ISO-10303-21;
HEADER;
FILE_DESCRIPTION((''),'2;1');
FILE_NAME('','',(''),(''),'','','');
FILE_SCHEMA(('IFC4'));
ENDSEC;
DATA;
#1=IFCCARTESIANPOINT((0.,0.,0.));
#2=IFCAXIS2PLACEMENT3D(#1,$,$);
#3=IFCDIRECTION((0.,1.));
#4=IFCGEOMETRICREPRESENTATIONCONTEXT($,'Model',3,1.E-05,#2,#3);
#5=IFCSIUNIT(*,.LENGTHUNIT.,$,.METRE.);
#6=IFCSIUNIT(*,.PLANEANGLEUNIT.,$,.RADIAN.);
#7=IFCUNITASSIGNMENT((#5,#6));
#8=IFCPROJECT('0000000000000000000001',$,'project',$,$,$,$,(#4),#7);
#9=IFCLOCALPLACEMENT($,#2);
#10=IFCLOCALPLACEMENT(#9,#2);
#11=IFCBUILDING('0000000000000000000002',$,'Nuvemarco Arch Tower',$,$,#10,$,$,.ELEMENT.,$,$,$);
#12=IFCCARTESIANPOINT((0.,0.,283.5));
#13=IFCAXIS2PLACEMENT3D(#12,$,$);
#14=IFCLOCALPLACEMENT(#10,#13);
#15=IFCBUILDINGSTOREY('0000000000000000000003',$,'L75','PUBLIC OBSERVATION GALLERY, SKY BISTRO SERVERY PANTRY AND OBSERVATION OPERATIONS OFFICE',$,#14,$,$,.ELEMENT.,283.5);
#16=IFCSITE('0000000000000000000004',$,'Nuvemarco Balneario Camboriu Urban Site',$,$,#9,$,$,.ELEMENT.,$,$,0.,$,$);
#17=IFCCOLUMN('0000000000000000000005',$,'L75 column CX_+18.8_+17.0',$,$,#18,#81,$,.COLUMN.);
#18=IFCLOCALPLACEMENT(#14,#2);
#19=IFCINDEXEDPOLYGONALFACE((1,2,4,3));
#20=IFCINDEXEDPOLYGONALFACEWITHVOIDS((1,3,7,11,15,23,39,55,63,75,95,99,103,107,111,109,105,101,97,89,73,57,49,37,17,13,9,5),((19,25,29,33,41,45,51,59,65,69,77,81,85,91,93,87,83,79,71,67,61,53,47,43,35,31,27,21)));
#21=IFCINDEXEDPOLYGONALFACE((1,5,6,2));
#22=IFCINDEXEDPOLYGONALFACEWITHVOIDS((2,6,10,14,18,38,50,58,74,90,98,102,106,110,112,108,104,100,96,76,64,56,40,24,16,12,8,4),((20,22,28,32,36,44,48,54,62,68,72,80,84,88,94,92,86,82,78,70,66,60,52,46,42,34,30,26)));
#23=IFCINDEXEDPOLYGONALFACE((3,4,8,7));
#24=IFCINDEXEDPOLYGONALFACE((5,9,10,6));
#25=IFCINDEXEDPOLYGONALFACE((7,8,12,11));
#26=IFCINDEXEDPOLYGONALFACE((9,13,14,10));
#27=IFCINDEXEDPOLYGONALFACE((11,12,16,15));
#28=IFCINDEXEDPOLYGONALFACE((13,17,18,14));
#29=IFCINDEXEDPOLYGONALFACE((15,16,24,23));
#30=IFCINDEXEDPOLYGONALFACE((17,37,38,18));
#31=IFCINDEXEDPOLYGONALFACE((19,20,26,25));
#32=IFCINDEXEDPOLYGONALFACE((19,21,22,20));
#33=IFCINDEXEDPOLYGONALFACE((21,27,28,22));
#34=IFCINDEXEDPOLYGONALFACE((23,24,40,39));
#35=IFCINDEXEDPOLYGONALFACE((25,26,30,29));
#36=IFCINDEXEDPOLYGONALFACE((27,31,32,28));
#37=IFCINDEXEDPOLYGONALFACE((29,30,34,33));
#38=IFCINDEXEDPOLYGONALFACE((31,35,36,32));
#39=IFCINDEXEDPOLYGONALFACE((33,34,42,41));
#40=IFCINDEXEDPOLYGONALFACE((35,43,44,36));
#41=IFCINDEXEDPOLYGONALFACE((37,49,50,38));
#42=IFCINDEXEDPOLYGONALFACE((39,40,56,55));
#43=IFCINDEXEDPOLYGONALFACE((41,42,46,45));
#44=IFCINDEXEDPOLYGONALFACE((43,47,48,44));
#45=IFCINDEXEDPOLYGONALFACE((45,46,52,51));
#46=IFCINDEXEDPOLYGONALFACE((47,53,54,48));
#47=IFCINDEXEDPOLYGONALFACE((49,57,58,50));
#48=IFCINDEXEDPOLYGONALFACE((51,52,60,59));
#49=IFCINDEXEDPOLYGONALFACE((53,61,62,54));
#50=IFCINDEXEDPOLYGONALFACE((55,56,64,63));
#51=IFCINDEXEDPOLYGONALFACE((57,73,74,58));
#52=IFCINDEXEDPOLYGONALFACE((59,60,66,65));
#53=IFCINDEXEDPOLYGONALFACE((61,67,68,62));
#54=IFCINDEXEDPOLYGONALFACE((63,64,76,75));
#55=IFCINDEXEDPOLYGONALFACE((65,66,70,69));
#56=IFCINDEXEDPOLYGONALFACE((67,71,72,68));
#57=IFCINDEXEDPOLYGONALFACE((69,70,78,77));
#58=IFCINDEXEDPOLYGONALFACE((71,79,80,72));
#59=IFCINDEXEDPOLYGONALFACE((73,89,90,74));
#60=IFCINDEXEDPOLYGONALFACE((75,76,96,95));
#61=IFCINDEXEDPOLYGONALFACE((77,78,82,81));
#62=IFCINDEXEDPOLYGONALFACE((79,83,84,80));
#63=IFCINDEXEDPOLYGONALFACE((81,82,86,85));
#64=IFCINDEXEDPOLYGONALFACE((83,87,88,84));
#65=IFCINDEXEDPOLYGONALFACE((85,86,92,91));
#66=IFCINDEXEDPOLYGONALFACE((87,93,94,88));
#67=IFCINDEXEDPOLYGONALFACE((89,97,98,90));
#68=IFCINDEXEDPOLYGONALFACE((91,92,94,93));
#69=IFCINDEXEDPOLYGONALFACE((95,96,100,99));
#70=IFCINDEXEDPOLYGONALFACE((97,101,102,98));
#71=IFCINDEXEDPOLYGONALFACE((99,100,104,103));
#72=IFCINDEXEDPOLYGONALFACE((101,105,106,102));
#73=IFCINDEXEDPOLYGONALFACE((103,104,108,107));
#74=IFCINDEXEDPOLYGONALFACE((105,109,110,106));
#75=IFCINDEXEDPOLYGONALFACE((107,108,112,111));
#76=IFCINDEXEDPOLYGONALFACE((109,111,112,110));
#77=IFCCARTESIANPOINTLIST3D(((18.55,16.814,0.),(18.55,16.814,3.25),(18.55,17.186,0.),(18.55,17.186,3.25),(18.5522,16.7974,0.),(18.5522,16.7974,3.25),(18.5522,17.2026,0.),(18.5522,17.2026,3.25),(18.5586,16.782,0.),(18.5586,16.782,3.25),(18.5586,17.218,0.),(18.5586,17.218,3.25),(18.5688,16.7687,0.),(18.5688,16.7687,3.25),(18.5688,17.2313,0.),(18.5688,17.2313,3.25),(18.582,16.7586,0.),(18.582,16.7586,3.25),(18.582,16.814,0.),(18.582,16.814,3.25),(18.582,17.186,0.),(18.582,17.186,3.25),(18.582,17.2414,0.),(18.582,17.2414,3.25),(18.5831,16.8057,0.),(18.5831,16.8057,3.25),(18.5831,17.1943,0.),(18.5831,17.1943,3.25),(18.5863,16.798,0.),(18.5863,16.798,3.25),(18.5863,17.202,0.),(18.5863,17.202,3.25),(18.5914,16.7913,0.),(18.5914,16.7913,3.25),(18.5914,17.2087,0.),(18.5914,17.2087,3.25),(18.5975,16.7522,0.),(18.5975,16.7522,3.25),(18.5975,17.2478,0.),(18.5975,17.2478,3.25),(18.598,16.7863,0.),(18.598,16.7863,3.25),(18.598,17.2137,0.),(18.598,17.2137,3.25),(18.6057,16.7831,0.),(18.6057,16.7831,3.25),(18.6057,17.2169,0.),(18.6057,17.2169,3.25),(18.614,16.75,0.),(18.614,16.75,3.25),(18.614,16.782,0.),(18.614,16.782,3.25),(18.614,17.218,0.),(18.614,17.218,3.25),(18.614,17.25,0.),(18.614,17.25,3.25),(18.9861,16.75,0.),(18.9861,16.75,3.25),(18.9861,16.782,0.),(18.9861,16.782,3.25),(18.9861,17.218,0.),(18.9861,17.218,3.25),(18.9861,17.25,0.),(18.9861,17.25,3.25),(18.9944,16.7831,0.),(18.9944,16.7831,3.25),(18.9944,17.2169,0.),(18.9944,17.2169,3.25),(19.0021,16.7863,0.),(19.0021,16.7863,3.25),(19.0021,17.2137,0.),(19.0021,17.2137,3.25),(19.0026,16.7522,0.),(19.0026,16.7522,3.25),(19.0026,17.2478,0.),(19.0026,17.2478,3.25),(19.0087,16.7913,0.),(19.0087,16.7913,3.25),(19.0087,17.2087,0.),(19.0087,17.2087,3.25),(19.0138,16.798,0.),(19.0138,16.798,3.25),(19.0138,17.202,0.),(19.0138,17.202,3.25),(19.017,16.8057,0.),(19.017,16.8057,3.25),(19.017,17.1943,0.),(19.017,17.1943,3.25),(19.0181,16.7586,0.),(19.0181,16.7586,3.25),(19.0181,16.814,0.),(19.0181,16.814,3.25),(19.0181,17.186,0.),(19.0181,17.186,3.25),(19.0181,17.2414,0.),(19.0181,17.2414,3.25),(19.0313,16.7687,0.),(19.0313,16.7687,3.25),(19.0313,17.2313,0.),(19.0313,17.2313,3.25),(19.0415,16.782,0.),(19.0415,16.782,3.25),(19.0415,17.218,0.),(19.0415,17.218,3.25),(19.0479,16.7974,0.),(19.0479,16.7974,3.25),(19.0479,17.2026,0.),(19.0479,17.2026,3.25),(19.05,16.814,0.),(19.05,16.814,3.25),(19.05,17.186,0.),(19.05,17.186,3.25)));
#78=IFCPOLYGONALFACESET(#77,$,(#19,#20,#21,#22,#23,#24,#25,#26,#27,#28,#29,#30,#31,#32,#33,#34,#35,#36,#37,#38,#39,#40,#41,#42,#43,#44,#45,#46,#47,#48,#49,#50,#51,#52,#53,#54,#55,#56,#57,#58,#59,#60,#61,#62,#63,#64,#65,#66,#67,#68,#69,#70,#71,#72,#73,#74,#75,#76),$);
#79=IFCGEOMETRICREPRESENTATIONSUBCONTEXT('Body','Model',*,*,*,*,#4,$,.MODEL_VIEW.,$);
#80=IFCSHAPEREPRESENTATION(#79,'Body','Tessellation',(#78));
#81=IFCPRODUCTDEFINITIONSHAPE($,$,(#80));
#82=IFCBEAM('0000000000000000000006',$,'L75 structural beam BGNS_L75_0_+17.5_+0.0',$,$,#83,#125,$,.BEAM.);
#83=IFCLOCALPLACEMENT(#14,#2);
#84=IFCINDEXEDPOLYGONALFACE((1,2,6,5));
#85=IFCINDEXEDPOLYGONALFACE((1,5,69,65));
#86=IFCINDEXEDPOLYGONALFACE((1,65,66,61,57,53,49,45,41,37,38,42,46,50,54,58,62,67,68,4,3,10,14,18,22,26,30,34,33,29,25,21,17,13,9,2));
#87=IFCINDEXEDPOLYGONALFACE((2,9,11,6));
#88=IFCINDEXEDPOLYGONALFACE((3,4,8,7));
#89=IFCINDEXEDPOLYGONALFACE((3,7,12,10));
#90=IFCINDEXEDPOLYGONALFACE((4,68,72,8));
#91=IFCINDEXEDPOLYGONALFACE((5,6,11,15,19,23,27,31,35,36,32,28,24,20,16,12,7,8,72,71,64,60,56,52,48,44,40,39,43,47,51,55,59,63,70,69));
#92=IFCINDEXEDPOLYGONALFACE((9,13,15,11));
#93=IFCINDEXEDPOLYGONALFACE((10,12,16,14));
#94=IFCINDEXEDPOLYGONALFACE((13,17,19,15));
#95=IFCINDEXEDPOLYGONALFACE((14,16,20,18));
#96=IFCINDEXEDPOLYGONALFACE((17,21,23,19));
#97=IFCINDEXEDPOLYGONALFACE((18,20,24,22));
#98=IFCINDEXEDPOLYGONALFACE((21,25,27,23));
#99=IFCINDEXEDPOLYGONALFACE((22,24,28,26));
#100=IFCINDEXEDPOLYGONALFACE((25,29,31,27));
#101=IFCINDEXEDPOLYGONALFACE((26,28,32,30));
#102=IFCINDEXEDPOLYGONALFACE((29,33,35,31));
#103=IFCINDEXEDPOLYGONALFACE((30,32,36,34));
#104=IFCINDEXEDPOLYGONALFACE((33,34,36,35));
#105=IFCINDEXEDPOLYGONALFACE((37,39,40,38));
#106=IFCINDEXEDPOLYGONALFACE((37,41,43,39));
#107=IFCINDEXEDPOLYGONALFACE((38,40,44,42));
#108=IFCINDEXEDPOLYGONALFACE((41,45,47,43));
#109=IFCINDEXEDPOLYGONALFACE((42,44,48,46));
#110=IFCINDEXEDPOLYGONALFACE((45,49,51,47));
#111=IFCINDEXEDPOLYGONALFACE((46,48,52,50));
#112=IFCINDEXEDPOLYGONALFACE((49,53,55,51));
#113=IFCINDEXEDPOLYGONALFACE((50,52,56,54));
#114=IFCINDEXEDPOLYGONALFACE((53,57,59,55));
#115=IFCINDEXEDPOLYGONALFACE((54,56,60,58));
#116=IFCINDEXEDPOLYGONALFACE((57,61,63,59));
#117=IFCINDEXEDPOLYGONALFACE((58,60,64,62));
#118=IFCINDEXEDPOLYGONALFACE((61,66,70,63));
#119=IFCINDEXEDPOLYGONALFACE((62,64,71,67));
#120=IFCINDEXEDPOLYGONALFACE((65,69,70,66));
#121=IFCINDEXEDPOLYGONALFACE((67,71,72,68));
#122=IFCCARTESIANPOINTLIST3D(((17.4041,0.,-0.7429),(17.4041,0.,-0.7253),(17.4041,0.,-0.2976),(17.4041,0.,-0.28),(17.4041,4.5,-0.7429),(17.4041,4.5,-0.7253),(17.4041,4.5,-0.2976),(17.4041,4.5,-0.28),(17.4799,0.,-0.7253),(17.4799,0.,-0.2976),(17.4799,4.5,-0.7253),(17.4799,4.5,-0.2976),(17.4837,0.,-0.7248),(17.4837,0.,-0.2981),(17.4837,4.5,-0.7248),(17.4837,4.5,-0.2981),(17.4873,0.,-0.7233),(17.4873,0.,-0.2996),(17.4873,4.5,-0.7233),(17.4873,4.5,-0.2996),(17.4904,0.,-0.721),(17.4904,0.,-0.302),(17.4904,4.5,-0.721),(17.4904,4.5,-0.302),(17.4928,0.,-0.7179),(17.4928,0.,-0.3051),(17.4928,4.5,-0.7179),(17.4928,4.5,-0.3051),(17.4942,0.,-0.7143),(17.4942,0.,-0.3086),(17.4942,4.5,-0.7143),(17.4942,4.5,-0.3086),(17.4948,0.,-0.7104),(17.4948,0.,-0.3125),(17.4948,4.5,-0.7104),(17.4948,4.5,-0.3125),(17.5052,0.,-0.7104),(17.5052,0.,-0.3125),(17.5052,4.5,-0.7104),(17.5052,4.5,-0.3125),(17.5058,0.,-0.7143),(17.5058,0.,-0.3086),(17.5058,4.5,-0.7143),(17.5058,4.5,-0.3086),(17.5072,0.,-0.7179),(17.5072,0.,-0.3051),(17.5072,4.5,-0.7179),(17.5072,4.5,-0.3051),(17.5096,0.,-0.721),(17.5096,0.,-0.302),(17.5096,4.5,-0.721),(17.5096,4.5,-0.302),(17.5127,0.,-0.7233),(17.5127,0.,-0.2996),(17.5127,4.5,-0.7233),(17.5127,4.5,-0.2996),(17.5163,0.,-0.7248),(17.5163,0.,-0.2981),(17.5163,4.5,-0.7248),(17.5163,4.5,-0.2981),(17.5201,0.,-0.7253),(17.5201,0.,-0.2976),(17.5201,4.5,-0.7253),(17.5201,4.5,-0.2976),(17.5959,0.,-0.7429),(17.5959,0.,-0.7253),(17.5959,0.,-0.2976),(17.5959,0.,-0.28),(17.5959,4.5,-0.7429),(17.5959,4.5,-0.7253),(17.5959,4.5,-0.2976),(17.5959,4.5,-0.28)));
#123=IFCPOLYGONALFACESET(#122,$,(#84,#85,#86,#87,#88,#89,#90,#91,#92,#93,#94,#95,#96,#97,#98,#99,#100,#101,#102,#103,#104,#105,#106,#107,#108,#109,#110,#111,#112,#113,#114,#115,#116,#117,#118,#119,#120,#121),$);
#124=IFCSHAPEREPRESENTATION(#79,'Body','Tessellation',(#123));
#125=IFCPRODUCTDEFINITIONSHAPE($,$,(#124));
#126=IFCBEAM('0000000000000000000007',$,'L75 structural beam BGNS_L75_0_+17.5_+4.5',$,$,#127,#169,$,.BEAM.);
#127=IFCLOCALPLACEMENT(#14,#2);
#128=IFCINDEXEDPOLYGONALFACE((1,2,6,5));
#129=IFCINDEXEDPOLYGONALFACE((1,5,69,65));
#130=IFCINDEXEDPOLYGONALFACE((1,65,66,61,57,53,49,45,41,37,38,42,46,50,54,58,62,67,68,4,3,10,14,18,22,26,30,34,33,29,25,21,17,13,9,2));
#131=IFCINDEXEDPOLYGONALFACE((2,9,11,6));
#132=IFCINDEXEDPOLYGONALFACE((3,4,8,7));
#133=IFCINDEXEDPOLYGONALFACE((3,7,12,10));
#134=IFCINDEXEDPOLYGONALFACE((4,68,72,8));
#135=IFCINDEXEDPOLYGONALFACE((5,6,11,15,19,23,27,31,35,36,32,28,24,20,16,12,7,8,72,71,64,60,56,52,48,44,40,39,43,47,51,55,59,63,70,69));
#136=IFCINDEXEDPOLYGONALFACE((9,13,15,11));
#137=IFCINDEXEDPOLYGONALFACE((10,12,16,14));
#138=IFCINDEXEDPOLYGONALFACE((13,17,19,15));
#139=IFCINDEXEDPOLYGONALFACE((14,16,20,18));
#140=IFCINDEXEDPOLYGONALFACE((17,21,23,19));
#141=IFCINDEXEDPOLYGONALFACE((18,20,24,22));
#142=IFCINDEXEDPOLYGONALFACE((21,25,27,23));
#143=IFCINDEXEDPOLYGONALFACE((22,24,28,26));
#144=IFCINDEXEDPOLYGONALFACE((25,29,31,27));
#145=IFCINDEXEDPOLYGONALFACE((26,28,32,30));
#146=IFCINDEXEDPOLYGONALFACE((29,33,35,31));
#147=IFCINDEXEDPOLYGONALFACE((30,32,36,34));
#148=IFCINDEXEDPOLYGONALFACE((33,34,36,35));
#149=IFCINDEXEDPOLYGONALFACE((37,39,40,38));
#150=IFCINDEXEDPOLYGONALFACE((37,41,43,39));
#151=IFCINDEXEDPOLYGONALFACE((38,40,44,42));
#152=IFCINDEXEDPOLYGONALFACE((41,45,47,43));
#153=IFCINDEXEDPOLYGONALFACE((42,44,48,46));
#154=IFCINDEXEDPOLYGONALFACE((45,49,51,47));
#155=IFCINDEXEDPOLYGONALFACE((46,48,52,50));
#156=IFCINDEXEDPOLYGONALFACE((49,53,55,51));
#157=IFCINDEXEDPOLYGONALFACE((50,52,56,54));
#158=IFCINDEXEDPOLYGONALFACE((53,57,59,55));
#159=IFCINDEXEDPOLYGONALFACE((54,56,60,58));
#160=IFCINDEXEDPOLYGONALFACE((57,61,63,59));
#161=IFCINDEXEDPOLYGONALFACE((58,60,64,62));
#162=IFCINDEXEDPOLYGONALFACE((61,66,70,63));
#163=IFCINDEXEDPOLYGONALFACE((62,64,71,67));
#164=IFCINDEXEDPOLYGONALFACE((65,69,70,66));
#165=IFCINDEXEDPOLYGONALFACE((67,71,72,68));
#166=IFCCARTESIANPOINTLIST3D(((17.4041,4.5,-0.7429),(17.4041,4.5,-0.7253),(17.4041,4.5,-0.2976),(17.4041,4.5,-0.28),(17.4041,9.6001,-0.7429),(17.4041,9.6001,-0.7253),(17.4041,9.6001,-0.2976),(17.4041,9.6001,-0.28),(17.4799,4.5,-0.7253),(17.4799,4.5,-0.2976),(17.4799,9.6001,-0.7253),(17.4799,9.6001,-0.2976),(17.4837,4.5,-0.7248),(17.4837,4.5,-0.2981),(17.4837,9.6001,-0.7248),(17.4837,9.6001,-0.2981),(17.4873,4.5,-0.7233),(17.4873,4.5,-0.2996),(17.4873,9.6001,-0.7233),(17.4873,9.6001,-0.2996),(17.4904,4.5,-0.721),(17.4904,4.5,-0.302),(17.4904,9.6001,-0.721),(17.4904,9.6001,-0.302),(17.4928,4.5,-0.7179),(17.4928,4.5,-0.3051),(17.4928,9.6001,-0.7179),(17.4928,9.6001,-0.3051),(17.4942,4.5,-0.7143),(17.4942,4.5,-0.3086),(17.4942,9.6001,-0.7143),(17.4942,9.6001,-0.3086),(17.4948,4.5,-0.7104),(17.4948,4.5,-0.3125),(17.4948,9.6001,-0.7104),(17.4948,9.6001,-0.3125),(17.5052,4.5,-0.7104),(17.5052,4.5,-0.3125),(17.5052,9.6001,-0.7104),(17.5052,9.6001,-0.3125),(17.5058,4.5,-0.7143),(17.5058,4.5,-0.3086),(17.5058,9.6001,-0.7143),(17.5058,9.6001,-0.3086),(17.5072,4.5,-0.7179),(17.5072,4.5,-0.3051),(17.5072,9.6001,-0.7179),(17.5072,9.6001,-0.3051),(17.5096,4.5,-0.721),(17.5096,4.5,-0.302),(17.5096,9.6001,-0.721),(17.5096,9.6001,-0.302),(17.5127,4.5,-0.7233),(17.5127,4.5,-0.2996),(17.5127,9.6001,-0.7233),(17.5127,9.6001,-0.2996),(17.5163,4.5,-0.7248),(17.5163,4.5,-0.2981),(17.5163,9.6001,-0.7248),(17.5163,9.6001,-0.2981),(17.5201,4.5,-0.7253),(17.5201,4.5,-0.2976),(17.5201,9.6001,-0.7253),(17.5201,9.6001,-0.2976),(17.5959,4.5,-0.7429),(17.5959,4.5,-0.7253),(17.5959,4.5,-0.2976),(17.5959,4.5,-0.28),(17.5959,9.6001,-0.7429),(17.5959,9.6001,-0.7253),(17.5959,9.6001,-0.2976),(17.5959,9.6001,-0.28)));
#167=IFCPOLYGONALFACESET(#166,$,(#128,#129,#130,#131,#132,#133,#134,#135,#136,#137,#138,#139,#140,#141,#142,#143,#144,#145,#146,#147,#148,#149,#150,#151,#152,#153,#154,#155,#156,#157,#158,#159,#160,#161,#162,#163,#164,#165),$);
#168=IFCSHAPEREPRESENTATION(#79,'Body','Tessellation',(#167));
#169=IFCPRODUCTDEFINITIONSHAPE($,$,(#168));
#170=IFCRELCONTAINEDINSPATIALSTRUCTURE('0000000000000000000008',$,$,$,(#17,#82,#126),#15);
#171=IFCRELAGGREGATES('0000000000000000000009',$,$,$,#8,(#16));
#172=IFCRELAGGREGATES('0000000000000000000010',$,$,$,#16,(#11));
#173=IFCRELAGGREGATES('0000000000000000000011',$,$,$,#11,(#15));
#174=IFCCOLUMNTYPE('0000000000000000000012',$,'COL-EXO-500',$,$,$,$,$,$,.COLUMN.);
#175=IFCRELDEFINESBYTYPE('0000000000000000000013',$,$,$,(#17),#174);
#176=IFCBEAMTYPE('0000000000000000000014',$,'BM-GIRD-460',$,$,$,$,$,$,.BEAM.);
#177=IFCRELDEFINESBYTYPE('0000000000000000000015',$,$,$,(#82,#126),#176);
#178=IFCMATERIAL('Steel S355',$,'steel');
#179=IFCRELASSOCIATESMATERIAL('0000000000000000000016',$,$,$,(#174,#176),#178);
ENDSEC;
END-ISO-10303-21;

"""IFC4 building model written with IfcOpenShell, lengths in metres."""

from ifc_helpers import new_model, si_unit, direction, frame, origin, origin_2d, place, context, subcontext, project, spatial, hollow_rectangle, i_section, extrude, material, material_profile, profile_set, type_object, element, save


model = new_model("IFC4")

# Units and contexts
model_context = context("Model", 3, precision=1e-05, world=origin(), true_north=direction((0.0, 1.0)))
body_context = subcontext(model_context, "Body", "Model", "MODEL_VIEW")
ifc_project = project(units=[si_unit("LENGTHUNIT", "METRE"), si_unit("PLANEANGLEUNIT", "RADIAN")], contexts=[model_context])

# Site, building, storey
site_placement = place(None, origin())
site = spatial("IfcSite", under=ifc_project, at=site_placement, Name="Nuvemarco Balneario Camboriu Urban Site", CompositionType="ELEMENT", RefElevation=0.0)
building_placement = place(site_placement, origin())
building = spatial("IfcBuilding", under=site, at=building_placement, Name="Nuvemarco Arch Tower", CompositionType="ELEMENT")
storey_placement = place(building_placement, frame((0.0, 0.0, 283.5)))
storey = spatial("IfcBuildingStorey", under=building, at=storey_placement, Name="L75", Description="PUBLIC OBSERVATION GALLERY, SKY BISTRO SERVERY PANTRY AND OBSERVATION OPERATIONS OFFICE", CompositionType="ELEMENT", Elevation=283.5)

# Column
ifc_material_1 = material(Name="Steel S355", Category="steel")
ifc_material_profile_1 = material_profile(ifc_material_1, hollow_rectangle(XDim=0.5, YDim=0.5, WallThickness=0.032, InnerFilletRadius=0.032, OuterFilletRadius=0.064, at=origin_2d()), Name="SHS500x500x32")
ifc_profile_set_1 = profile_set([ifc_material_profile_1], Name="Steel S355")
column_type_1 = type_object("IfcColumnType", Name="COL-EXO-500", PredefinedType="COLUMN", material=ifc_profile_set_1)
for number, where, z_axis, x_axis, name in (
    (1, (18.8, 17.0, 0.0), (0.0, 0.0, 1.0), (1.0, 0.0, 0.0), "L75 column CX_+18.8_+17.0"),
):
    element("IfcColumn", number, at=place(storey_placement, frame(where, z_axis=z_axis, x_axis=x_axis)), inside=storey, type_object=column_type_1, Name=name, PredefinedType="COLUMN", context=body_context, shape_type="SweptSolid", body=[
        extrude(hollow_rectangle(XDim=0.5, YDim=0.5, WallThickness=0.032, InnerFilletRadius=0.032, OuterFilletRadius=0.064, at=origin_2d()), origin(), (0.0, 0.0, 1.0), 3.25),
    ])

# Beams
ifc_material_profile_2 = material_profile(ifc_material_1, i_section(OverallWidth=0.1919, OverallDepth=0.4629, WebThickness=0.0105, FlangeThickness=0.0176, FilletRadius=0.0149, at=origin_2d()), Name="W460x89")
ifc_profile_set_2 = profile_set([ifc_material_profile_2], Name="Steel S355")
beam_type_1 = type_object("IfcBeamType", Name="BM-GIRD-460", PredefinedType="BEAM", material=ifc_profile_set_2)
beam_1_placement = place(storey_placement, frame((17.5, 0.0, -0.5115), z_axis=(0.0, 1.0, 0.0), x_axis=(-1.0, 0.0, 0.0)))
element("IfcBeam", 2, at=beam_1_placement, inside=storey, type_object=beam_type_1, Name="L75 structural beam BGNS_L75_0_+17.5_+0.0", PredefinedType="BEAM", context=body_context, shape_type="SweptSolid", body=[
    extrude(i_section(OverallWidth=0.1919, OverallDepth=0.4629, WebThickness=0.0105, FlangeThickness=0.0176, FilletRadius=0.0149, at=origin_2d()), origin(), (0.0, 0.0, 1.0), 4.5),
])
beam_2_placement = place(storey_placement, frame((17.5, 4.5, -0.5115), z_axis=(0.0, 1.0, 0.0), x_axis=(-1.0, 0.0, 0.0)))
element("IfcBeam", 3, at=beam_2_placement, inside=storey, type_object=beam_type_1, Name="L75 structural beam BGNS_L75_0_+17.5_+4.5", PredefinedType="BEAM", context=body_context, shape_type="SweptSolid", body=[
    extrude(i_section(OverallWidth=0.1919, OverallDepth=0.4629, WebThickness=0.0105, FlangeThickness=0.0176, FilletRadius=0.0149, at=origin_2d()), origin(), (0.0, 0.0, 1.0), 5.1001),
])

save(model, "model.ifc")
